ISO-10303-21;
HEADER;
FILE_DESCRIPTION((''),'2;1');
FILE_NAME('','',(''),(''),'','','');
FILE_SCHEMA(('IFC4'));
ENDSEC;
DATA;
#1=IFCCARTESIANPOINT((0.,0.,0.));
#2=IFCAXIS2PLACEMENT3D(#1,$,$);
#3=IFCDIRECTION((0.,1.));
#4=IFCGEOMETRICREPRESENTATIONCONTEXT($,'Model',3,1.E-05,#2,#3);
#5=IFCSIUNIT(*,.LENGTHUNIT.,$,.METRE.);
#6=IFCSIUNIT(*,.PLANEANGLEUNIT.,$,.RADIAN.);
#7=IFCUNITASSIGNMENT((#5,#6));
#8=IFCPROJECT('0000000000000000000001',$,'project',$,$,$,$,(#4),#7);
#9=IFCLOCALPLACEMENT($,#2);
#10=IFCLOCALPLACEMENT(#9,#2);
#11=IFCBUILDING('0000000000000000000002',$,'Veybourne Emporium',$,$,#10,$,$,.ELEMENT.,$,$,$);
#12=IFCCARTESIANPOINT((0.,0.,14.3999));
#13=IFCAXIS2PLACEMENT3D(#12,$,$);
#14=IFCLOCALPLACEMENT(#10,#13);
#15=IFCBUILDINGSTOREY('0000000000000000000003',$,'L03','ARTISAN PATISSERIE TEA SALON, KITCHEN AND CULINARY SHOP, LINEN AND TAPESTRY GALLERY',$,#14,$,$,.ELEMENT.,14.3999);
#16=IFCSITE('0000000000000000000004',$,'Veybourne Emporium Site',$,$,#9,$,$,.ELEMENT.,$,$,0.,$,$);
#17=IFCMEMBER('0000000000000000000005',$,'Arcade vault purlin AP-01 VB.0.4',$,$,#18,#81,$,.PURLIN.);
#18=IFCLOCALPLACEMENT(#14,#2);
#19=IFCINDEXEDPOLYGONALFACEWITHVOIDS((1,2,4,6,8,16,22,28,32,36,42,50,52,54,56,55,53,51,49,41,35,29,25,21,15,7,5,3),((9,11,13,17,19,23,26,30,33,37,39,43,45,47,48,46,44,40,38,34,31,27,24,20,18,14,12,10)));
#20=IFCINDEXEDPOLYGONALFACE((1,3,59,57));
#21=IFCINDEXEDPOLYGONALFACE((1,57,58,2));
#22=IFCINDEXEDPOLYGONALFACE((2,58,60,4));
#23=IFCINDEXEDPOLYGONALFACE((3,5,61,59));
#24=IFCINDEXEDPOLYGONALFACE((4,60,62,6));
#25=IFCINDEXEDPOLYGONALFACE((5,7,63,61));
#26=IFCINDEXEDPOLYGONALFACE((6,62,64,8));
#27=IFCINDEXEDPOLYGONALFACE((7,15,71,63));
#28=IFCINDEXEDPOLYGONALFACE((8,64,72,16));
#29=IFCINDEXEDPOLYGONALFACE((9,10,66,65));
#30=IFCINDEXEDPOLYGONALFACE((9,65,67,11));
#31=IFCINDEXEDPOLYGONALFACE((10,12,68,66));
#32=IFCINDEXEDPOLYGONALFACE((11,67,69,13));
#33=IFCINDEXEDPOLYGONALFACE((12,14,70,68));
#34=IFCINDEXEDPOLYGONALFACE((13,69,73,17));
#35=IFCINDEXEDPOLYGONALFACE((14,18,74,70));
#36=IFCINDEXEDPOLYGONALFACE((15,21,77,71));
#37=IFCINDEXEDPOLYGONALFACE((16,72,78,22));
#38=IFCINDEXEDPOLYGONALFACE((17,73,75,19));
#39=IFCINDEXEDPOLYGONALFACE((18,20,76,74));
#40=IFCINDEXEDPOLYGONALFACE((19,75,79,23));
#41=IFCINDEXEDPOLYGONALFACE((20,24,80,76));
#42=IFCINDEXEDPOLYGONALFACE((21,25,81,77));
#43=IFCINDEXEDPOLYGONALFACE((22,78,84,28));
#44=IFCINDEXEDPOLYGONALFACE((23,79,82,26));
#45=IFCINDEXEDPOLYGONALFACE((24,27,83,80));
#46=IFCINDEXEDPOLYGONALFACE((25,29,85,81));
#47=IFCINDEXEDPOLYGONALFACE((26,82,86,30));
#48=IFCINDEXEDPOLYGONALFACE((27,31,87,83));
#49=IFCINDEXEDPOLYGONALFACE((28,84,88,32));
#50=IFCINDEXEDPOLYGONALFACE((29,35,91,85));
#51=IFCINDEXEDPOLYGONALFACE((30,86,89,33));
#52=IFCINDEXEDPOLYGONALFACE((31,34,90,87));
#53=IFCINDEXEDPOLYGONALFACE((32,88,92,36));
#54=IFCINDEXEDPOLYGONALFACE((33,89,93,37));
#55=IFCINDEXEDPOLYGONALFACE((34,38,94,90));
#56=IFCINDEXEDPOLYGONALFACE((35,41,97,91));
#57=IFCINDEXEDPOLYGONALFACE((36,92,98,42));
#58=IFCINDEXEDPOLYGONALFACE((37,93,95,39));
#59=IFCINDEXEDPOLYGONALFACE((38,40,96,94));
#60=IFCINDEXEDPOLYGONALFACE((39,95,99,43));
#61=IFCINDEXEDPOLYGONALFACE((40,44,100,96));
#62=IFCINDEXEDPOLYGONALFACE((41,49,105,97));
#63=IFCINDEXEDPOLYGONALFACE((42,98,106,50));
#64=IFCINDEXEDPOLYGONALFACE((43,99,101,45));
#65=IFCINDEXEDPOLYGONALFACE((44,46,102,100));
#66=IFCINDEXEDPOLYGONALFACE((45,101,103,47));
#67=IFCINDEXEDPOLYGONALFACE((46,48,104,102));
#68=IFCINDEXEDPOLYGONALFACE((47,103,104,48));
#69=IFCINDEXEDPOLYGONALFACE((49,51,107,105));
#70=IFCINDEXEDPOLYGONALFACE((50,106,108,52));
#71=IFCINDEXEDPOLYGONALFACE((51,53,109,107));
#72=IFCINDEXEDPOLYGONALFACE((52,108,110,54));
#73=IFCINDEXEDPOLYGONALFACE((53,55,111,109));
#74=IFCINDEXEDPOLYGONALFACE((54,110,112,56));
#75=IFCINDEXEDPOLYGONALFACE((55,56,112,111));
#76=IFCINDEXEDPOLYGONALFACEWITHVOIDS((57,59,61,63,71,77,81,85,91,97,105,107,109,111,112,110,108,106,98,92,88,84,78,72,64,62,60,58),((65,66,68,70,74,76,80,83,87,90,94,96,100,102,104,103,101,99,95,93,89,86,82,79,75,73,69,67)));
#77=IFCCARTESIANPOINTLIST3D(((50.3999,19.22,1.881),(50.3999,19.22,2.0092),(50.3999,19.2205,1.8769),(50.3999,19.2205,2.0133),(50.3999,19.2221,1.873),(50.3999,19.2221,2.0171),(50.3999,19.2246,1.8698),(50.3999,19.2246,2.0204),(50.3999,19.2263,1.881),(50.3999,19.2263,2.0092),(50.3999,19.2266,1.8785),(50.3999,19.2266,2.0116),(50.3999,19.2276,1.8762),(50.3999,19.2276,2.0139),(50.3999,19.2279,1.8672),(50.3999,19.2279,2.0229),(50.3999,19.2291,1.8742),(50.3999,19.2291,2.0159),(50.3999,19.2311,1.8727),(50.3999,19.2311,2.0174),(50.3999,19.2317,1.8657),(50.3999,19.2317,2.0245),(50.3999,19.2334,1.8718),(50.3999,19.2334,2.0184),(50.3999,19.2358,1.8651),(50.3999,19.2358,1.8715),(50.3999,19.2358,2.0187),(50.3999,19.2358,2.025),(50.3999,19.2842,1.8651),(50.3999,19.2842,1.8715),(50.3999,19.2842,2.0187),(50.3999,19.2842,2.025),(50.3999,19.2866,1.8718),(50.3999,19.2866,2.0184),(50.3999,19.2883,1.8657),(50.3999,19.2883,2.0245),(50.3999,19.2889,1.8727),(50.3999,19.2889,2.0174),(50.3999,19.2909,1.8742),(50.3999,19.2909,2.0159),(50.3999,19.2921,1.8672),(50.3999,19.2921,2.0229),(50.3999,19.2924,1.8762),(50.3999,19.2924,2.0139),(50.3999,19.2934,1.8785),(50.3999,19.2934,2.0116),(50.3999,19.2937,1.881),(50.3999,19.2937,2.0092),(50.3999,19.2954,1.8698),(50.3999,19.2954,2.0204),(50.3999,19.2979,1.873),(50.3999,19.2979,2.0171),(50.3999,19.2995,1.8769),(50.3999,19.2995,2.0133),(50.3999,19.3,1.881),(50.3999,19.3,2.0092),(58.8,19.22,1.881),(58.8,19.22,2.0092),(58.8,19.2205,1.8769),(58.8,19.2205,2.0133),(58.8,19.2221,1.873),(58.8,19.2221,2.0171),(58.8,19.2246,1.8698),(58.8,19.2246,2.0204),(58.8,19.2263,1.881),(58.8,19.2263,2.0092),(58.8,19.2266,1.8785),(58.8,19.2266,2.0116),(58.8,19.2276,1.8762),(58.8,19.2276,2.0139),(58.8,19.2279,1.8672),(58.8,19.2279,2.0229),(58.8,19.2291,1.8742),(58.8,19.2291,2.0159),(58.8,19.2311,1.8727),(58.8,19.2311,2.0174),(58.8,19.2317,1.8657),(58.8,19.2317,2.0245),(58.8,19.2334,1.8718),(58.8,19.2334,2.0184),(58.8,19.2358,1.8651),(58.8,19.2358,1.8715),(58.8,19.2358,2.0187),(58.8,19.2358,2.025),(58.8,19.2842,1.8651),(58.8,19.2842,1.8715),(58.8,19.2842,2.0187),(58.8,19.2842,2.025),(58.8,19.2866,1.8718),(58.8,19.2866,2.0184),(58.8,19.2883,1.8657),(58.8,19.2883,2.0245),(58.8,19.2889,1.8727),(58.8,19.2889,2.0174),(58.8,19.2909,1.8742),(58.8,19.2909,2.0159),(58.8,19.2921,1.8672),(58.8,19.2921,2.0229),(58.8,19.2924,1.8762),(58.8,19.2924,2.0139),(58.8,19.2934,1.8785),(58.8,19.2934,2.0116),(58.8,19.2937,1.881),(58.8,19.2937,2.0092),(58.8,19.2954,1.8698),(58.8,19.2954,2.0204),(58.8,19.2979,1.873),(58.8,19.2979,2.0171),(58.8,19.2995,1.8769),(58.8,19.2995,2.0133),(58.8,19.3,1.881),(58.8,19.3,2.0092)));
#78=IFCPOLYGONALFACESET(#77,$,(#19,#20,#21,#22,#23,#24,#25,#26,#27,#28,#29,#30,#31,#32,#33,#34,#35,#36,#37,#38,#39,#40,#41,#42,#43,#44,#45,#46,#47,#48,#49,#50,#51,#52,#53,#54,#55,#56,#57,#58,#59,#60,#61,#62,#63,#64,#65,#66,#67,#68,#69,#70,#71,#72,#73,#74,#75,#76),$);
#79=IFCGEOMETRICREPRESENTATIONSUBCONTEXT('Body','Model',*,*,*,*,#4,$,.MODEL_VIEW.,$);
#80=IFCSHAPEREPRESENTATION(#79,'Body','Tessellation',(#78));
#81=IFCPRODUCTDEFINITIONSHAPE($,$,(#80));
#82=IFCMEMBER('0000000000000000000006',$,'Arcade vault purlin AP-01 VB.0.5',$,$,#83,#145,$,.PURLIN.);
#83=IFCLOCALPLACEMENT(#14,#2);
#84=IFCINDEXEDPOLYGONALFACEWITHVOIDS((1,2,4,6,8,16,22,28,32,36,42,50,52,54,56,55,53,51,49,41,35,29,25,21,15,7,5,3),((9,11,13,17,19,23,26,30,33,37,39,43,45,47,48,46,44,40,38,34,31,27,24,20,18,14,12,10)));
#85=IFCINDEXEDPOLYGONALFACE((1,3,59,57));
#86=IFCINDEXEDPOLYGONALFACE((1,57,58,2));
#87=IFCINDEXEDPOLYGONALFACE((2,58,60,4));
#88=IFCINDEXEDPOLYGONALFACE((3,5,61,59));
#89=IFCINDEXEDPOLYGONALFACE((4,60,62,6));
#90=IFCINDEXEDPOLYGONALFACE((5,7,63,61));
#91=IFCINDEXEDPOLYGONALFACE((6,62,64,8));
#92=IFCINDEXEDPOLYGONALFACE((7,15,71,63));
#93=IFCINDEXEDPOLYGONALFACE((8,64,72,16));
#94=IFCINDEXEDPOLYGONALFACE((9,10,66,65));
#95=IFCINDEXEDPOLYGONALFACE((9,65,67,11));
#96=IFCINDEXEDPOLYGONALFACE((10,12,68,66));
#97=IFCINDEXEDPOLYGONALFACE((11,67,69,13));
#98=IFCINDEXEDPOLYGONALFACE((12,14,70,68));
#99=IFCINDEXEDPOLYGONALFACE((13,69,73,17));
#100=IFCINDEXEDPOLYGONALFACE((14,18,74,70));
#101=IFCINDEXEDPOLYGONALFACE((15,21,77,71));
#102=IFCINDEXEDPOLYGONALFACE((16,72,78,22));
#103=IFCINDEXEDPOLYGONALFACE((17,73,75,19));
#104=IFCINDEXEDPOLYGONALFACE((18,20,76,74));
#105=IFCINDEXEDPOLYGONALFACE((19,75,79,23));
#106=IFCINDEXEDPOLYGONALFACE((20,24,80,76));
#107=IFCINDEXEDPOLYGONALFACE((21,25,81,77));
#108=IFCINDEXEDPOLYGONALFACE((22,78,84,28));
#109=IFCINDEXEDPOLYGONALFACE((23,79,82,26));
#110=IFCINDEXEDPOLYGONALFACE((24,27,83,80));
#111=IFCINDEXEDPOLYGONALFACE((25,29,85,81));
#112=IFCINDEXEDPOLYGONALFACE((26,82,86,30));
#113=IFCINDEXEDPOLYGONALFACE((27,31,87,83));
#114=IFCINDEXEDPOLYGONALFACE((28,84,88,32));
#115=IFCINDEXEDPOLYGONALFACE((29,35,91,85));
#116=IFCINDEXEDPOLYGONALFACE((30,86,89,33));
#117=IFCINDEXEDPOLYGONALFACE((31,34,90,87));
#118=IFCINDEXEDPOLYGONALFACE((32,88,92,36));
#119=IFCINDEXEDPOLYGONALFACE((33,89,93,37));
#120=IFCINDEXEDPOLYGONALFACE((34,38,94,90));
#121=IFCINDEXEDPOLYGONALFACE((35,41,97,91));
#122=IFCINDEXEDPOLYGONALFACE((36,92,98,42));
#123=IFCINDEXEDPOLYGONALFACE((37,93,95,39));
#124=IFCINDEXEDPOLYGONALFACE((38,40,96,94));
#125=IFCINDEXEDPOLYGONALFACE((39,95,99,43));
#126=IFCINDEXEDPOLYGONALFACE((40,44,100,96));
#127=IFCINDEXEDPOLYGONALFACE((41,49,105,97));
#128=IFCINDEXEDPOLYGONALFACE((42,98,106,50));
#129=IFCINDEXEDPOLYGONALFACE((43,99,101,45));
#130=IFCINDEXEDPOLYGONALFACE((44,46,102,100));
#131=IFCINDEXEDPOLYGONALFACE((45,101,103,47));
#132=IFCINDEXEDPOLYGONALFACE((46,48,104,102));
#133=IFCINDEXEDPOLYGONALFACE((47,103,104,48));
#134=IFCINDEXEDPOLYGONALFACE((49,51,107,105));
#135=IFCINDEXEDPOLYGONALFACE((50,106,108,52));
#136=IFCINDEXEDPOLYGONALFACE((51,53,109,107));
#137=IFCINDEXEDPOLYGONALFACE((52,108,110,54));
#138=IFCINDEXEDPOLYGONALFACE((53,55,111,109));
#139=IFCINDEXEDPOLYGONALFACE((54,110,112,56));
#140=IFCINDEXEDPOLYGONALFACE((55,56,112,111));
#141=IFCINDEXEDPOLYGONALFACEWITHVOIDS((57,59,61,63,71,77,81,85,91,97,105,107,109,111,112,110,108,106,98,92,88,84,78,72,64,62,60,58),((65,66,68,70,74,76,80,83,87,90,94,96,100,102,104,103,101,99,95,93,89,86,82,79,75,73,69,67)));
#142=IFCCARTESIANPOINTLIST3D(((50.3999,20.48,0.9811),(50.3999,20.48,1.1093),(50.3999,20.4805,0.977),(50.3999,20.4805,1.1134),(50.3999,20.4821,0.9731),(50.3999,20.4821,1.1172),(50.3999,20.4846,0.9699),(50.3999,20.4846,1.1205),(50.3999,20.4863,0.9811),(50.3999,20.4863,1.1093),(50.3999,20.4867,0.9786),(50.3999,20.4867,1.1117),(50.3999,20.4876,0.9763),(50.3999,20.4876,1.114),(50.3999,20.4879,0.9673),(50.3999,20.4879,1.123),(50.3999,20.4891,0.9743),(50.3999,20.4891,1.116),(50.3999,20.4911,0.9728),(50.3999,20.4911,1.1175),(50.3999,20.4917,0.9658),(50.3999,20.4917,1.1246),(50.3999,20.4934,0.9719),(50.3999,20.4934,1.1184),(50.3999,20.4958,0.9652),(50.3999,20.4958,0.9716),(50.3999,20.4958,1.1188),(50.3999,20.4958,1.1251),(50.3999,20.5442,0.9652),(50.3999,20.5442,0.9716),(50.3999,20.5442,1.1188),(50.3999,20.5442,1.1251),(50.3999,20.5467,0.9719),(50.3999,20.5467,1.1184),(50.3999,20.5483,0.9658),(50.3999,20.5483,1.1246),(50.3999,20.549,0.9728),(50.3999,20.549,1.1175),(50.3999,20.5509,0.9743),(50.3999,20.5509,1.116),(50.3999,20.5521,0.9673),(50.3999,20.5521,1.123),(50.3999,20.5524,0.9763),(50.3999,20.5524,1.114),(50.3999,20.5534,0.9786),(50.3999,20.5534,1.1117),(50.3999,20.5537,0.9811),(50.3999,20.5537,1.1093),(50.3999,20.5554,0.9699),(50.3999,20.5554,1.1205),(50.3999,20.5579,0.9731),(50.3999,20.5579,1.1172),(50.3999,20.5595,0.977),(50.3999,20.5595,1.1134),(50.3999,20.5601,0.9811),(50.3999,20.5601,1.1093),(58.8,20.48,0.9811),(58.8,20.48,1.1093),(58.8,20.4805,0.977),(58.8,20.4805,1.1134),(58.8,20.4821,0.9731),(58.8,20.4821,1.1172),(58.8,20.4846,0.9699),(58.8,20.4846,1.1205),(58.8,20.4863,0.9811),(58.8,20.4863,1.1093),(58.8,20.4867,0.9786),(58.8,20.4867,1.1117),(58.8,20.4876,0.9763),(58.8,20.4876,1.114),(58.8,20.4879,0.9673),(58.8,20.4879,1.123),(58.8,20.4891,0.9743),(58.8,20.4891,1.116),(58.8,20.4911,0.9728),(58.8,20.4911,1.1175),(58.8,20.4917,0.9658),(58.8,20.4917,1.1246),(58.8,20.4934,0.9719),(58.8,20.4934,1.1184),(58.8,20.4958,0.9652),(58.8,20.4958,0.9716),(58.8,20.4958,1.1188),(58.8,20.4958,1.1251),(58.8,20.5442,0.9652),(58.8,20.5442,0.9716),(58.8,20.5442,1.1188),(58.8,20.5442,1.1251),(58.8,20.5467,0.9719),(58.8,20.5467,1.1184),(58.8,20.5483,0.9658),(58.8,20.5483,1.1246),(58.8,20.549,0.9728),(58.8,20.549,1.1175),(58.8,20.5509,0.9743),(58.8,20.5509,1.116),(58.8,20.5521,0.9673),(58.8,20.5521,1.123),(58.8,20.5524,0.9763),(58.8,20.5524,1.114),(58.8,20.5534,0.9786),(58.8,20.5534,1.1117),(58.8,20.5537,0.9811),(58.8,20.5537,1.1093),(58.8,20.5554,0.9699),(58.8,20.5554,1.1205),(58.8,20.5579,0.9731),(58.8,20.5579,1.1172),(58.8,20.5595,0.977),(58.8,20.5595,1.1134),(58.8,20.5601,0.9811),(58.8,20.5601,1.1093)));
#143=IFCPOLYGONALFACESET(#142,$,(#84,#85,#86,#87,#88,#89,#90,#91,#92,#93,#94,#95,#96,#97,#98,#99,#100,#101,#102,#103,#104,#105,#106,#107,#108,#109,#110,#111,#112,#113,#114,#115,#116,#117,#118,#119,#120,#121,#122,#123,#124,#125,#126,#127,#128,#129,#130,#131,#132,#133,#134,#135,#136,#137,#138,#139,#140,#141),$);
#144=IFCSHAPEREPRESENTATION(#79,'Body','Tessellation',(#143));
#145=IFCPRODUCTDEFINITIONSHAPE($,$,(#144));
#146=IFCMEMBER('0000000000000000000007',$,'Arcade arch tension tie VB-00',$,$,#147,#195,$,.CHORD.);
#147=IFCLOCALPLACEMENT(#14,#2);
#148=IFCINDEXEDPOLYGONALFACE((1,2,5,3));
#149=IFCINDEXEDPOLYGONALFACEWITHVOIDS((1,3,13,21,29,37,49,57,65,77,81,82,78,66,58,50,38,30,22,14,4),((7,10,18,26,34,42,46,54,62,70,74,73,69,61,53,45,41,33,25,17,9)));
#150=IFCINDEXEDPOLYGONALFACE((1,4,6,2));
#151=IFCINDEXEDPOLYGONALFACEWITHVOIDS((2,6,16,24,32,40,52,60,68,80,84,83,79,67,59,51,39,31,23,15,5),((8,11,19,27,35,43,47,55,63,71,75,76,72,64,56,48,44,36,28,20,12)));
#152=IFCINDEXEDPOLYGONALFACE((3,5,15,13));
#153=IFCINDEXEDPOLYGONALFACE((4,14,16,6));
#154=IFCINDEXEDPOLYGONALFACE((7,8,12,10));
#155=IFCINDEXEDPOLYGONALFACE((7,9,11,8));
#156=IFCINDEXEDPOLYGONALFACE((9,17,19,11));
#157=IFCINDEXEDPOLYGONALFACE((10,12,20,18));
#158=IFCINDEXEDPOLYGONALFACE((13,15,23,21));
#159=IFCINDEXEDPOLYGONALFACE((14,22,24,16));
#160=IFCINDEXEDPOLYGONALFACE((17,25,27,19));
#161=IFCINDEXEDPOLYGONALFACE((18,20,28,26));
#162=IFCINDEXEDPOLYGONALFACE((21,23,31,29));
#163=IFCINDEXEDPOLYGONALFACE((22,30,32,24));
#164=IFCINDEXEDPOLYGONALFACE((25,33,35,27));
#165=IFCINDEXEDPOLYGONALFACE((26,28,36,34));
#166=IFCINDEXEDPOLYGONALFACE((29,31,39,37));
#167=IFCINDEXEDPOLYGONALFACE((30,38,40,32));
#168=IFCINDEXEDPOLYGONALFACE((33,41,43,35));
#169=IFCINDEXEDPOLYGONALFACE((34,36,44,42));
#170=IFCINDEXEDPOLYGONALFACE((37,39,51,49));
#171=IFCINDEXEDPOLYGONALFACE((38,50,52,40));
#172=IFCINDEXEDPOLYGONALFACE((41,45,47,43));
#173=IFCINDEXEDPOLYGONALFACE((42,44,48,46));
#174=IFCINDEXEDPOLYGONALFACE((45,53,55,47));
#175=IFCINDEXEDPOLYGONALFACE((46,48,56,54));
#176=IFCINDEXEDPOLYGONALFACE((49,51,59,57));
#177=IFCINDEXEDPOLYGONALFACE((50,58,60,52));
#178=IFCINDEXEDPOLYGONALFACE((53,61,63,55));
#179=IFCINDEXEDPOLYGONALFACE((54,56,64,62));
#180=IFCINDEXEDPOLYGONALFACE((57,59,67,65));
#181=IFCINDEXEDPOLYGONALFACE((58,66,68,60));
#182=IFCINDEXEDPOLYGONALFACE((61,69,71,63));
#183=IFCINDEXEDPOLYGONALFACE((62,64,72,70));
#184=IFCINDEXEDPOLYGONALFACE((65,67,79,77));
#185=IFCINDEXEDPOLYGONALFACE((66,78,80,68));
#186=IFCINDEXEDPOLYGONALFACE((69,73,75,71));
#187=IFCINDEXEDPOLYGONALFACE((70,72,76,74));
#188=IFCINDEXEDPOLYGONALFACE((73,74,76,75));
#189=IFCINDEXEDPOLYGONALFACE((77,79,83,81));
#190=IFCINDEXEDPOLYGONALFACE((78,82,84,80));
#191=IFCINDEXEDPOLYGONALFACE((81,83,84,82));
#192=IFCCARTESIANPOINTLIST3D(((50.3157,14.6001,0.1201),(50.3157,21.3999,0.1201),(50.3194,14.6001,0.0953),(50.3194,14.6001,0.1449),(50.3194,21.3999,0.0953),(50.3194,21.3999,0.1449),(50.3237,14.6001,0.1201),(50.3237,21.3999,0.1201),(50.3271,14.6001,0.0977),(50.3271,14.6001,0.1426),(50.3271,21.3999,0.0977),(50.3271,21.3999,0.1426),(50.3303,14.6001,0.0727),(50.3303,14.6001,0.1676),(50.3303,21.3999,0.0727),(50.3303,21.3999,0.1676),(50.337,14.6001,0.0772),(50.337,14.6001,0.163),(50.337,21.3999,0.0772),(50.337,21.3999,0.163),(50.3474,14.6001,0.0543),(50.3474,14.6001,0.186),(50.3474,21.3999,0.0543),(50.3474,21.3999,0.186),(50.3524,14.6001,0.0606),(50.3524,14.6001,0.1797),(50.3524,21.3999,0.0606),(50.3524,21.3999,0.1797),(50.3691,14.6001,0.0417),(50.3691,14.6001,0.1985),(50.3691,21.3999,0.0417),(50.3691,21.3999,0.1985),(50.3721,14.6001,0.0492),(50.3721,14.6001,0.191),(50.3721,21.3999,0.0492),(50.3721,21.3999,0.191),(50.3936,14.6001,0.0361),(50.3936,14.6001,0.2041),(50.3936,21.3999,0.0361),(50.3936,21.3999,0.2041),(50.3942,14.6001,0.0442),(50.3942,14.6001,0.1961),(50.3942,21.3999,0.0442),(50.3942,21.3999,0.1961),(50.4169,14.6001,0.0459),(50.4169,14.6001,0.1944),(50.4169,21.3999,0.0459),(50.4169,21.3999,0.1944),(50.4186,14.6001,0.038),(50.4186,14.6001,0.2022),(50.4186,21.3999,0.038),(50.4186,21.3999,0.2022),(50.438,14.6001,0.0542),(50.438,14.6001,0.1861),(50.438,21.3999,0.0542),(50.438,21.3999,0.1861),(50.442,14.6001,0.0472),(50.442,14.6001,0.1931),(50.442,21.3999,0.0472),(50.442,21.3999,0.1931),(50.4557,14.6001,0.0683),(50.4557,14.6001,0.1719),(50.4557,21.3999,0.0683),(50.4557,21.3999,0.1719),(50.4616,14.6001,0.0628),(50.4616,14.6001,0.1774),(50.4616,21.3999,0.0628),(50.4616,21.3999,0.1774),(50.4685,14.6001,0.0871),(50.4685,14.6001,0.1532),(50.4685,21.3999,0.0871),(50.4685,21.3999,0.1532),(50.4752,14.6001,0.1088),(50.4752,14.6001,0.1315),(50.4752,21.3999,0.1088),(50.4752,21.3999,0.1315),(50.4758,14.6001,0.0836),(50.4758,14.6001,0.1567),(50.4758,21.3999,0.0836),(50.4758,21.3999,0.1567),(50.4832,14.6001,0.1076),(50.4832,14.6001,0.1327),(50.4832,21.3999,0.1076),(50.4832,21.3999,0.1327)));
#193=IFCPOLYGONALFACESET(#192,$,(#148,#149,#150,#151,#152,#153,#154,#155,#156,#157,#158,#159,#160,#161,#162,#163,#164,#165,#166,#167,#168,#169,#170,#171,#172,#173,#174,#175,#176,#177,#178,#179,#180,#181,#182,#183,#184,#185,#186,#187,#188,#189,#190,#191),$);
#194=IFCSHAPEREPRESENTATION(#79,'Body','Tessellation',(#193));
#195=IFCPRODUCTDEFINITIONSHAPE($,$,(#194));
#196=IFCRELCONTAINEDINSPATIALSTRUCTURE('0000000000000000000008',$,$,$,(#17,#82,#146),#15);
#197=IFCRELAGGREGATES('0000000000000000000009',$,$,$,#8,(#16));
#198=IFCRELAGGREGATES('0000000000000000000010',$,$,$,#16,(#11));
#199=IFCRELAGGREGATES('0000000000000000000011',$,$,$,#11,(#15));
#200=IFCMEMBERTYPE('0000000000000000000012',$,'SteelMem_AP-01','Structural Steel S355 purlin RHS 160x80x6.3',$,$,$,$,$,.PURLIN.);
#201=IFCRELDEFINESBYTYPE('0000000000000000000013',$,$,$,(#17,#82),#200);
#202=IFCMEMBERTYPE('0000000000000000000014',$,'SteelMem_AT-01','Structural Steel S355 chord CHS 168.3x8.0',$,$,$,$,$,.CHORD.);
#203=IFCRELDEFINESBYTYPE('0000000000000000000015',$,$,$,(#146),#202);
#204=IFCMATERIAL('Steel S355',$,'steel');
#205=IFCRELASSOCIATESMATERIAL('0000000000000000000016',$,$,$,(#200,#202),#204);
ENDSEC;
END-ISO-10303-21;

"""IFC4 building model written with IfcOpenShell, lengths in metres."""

from ifc_helpers import new_model, si_unit, direction, frame, origin, origin_2d, place, context, subcontext, project, spatial, hollow_rectangle, hollow_circle, extrude, material, material_profile, profile_set, type_object, element, save


model = new_model("IFC4")

# Units and contexts
model_context = context("Model", 3, precision=1e-05, world=origin(), true_north=direction((0.0, 1.0)))
body_context = subcontext(model_context, "Body", "Model", "MODEL_VIEW")
ifc_project = project(units=[si_unit("LENGTHUNIT", "METRE"), si_unit("PLANEANGLEUNIT", "RADIAN")], contexts=[model_context])

# Site, building, storey
site_placement = place(None, origin())
site = spatial("IfcSite", under=ifc_project, at=site_placement, Name="Veybourne Emporium Site", CompositionType="ELEMENT", RefElevation=0.0)
building_placement = place(site_placement, origin())
building = spatial("IfcBuilding", under=site, at=building_placement, Name="Veybourne Emporium", CompositionType="ELEMENT")
storey_placement = place(building_placement, frame((0.0, 0.0, 14.3999)))
storey = spatial("IfcBuildingStorey", under=building, at=storey_placement, Name="L03", Description="ARTISAN PATISSERIE TEA SALON, KITCHEN AND CULINARY SHOP, LINEN AND TAPESTRY GALLERY", CompositionType="ELEMENT", Elevation=14.3999)

# Shared definitions
ifc_material_1 = material(Name="Steel S355", Category="steel")

# Members
ifc_material_profile_1 = material_profile(ifc_material_1, hollow_rectangle(XDim=0.0801, YDim=0.1599, WallThickness=0.0063, InnerFilletRadius=0.0095, OuterFilletRadius=0.0159, at=origin_2d()), Name="RHS 160x80x6.3")
ifc_profile_set_1 = profile_set([ifc_material_profile_1], Name="Steel S355")
member_type_1 = type_object("IfcMemberType", Name="SteelMem_AP-01", Description="Structural Steel S355 purlin RHS 160x80x6.3", PredefinedType="PURLIN", material=ifc_profile_set_1)
for number, where, z_axis, x_axis, name in (
    (1, (50.3999, 19.26, 1.9451), (1.0, 0.0, 0.0), (0.0, 1.0, 0.0), "Arcade vault purlin AP-01 VB.0.4"),
    (2, (50.3999, 20.52, 1.0452), (1.0, 0.0, 0.0), (0.0, 1.0, 0.0), "Arcade vault purlin AP-01 VB.0.5"),
):
    element("IfcMember", number, at=place(storey_placement, frame(where, z_axis=z_axis, x_axis=x_axis)), inside=storey, type_object=member_type_1, Name=name, PredefinedType="PURLIN", context=body_context, shape_type="SweptSolid", body=[
        extrude(hollow_rectangle(XDim=0.0801, YDim=0.1599, WallThickness=0.0063, InnerFilletRadius=0.0095, OuterFilletRadius=0.0159, at=origin_2d()), origin(), (0.0, 0.0, 1.0), 8.4001),
    ])
ifc_material_profile_2 = material_profile(ifc_material_1, hollow_circle(Radius=0.0842, WallThickness=0.0081, at=origin_2d()), Name="CHS 168.3x8.0")
ifc_profile_set_2 = profile_set([ifc_material_profile_2], Name="Steel S355")
member_type_2 = type_object("IfcMemberType", Name="SteelMem_AT-01", Description="Structural Steel S355 chord CHS 168.3x8.0", PredefinedType="CHORD", material=ifc_profile_set_2)
member_placement = place(storey_placement, frame((50.3999, 14.6001, 0.1201), z_axis=(0.0, 1.0, 0.0), x_axis=(-1.0, 0.0, 0.0)))
element("IfcMember", 3, at=member_placement, inside=storey, type_object=member_type_2, Name="Arcade arch tension tie VB-00", PredefinedType="CHORD", context=body_context, shape_type="SweptSolid", body=[
    extrude(hollow_circle(Radius=0.0842, WallThickness=0.0081, at=origin_2d()), origin(), (0.0, 0.0, 1.0), 6.7998),
])

save(model, "model.ifc")
